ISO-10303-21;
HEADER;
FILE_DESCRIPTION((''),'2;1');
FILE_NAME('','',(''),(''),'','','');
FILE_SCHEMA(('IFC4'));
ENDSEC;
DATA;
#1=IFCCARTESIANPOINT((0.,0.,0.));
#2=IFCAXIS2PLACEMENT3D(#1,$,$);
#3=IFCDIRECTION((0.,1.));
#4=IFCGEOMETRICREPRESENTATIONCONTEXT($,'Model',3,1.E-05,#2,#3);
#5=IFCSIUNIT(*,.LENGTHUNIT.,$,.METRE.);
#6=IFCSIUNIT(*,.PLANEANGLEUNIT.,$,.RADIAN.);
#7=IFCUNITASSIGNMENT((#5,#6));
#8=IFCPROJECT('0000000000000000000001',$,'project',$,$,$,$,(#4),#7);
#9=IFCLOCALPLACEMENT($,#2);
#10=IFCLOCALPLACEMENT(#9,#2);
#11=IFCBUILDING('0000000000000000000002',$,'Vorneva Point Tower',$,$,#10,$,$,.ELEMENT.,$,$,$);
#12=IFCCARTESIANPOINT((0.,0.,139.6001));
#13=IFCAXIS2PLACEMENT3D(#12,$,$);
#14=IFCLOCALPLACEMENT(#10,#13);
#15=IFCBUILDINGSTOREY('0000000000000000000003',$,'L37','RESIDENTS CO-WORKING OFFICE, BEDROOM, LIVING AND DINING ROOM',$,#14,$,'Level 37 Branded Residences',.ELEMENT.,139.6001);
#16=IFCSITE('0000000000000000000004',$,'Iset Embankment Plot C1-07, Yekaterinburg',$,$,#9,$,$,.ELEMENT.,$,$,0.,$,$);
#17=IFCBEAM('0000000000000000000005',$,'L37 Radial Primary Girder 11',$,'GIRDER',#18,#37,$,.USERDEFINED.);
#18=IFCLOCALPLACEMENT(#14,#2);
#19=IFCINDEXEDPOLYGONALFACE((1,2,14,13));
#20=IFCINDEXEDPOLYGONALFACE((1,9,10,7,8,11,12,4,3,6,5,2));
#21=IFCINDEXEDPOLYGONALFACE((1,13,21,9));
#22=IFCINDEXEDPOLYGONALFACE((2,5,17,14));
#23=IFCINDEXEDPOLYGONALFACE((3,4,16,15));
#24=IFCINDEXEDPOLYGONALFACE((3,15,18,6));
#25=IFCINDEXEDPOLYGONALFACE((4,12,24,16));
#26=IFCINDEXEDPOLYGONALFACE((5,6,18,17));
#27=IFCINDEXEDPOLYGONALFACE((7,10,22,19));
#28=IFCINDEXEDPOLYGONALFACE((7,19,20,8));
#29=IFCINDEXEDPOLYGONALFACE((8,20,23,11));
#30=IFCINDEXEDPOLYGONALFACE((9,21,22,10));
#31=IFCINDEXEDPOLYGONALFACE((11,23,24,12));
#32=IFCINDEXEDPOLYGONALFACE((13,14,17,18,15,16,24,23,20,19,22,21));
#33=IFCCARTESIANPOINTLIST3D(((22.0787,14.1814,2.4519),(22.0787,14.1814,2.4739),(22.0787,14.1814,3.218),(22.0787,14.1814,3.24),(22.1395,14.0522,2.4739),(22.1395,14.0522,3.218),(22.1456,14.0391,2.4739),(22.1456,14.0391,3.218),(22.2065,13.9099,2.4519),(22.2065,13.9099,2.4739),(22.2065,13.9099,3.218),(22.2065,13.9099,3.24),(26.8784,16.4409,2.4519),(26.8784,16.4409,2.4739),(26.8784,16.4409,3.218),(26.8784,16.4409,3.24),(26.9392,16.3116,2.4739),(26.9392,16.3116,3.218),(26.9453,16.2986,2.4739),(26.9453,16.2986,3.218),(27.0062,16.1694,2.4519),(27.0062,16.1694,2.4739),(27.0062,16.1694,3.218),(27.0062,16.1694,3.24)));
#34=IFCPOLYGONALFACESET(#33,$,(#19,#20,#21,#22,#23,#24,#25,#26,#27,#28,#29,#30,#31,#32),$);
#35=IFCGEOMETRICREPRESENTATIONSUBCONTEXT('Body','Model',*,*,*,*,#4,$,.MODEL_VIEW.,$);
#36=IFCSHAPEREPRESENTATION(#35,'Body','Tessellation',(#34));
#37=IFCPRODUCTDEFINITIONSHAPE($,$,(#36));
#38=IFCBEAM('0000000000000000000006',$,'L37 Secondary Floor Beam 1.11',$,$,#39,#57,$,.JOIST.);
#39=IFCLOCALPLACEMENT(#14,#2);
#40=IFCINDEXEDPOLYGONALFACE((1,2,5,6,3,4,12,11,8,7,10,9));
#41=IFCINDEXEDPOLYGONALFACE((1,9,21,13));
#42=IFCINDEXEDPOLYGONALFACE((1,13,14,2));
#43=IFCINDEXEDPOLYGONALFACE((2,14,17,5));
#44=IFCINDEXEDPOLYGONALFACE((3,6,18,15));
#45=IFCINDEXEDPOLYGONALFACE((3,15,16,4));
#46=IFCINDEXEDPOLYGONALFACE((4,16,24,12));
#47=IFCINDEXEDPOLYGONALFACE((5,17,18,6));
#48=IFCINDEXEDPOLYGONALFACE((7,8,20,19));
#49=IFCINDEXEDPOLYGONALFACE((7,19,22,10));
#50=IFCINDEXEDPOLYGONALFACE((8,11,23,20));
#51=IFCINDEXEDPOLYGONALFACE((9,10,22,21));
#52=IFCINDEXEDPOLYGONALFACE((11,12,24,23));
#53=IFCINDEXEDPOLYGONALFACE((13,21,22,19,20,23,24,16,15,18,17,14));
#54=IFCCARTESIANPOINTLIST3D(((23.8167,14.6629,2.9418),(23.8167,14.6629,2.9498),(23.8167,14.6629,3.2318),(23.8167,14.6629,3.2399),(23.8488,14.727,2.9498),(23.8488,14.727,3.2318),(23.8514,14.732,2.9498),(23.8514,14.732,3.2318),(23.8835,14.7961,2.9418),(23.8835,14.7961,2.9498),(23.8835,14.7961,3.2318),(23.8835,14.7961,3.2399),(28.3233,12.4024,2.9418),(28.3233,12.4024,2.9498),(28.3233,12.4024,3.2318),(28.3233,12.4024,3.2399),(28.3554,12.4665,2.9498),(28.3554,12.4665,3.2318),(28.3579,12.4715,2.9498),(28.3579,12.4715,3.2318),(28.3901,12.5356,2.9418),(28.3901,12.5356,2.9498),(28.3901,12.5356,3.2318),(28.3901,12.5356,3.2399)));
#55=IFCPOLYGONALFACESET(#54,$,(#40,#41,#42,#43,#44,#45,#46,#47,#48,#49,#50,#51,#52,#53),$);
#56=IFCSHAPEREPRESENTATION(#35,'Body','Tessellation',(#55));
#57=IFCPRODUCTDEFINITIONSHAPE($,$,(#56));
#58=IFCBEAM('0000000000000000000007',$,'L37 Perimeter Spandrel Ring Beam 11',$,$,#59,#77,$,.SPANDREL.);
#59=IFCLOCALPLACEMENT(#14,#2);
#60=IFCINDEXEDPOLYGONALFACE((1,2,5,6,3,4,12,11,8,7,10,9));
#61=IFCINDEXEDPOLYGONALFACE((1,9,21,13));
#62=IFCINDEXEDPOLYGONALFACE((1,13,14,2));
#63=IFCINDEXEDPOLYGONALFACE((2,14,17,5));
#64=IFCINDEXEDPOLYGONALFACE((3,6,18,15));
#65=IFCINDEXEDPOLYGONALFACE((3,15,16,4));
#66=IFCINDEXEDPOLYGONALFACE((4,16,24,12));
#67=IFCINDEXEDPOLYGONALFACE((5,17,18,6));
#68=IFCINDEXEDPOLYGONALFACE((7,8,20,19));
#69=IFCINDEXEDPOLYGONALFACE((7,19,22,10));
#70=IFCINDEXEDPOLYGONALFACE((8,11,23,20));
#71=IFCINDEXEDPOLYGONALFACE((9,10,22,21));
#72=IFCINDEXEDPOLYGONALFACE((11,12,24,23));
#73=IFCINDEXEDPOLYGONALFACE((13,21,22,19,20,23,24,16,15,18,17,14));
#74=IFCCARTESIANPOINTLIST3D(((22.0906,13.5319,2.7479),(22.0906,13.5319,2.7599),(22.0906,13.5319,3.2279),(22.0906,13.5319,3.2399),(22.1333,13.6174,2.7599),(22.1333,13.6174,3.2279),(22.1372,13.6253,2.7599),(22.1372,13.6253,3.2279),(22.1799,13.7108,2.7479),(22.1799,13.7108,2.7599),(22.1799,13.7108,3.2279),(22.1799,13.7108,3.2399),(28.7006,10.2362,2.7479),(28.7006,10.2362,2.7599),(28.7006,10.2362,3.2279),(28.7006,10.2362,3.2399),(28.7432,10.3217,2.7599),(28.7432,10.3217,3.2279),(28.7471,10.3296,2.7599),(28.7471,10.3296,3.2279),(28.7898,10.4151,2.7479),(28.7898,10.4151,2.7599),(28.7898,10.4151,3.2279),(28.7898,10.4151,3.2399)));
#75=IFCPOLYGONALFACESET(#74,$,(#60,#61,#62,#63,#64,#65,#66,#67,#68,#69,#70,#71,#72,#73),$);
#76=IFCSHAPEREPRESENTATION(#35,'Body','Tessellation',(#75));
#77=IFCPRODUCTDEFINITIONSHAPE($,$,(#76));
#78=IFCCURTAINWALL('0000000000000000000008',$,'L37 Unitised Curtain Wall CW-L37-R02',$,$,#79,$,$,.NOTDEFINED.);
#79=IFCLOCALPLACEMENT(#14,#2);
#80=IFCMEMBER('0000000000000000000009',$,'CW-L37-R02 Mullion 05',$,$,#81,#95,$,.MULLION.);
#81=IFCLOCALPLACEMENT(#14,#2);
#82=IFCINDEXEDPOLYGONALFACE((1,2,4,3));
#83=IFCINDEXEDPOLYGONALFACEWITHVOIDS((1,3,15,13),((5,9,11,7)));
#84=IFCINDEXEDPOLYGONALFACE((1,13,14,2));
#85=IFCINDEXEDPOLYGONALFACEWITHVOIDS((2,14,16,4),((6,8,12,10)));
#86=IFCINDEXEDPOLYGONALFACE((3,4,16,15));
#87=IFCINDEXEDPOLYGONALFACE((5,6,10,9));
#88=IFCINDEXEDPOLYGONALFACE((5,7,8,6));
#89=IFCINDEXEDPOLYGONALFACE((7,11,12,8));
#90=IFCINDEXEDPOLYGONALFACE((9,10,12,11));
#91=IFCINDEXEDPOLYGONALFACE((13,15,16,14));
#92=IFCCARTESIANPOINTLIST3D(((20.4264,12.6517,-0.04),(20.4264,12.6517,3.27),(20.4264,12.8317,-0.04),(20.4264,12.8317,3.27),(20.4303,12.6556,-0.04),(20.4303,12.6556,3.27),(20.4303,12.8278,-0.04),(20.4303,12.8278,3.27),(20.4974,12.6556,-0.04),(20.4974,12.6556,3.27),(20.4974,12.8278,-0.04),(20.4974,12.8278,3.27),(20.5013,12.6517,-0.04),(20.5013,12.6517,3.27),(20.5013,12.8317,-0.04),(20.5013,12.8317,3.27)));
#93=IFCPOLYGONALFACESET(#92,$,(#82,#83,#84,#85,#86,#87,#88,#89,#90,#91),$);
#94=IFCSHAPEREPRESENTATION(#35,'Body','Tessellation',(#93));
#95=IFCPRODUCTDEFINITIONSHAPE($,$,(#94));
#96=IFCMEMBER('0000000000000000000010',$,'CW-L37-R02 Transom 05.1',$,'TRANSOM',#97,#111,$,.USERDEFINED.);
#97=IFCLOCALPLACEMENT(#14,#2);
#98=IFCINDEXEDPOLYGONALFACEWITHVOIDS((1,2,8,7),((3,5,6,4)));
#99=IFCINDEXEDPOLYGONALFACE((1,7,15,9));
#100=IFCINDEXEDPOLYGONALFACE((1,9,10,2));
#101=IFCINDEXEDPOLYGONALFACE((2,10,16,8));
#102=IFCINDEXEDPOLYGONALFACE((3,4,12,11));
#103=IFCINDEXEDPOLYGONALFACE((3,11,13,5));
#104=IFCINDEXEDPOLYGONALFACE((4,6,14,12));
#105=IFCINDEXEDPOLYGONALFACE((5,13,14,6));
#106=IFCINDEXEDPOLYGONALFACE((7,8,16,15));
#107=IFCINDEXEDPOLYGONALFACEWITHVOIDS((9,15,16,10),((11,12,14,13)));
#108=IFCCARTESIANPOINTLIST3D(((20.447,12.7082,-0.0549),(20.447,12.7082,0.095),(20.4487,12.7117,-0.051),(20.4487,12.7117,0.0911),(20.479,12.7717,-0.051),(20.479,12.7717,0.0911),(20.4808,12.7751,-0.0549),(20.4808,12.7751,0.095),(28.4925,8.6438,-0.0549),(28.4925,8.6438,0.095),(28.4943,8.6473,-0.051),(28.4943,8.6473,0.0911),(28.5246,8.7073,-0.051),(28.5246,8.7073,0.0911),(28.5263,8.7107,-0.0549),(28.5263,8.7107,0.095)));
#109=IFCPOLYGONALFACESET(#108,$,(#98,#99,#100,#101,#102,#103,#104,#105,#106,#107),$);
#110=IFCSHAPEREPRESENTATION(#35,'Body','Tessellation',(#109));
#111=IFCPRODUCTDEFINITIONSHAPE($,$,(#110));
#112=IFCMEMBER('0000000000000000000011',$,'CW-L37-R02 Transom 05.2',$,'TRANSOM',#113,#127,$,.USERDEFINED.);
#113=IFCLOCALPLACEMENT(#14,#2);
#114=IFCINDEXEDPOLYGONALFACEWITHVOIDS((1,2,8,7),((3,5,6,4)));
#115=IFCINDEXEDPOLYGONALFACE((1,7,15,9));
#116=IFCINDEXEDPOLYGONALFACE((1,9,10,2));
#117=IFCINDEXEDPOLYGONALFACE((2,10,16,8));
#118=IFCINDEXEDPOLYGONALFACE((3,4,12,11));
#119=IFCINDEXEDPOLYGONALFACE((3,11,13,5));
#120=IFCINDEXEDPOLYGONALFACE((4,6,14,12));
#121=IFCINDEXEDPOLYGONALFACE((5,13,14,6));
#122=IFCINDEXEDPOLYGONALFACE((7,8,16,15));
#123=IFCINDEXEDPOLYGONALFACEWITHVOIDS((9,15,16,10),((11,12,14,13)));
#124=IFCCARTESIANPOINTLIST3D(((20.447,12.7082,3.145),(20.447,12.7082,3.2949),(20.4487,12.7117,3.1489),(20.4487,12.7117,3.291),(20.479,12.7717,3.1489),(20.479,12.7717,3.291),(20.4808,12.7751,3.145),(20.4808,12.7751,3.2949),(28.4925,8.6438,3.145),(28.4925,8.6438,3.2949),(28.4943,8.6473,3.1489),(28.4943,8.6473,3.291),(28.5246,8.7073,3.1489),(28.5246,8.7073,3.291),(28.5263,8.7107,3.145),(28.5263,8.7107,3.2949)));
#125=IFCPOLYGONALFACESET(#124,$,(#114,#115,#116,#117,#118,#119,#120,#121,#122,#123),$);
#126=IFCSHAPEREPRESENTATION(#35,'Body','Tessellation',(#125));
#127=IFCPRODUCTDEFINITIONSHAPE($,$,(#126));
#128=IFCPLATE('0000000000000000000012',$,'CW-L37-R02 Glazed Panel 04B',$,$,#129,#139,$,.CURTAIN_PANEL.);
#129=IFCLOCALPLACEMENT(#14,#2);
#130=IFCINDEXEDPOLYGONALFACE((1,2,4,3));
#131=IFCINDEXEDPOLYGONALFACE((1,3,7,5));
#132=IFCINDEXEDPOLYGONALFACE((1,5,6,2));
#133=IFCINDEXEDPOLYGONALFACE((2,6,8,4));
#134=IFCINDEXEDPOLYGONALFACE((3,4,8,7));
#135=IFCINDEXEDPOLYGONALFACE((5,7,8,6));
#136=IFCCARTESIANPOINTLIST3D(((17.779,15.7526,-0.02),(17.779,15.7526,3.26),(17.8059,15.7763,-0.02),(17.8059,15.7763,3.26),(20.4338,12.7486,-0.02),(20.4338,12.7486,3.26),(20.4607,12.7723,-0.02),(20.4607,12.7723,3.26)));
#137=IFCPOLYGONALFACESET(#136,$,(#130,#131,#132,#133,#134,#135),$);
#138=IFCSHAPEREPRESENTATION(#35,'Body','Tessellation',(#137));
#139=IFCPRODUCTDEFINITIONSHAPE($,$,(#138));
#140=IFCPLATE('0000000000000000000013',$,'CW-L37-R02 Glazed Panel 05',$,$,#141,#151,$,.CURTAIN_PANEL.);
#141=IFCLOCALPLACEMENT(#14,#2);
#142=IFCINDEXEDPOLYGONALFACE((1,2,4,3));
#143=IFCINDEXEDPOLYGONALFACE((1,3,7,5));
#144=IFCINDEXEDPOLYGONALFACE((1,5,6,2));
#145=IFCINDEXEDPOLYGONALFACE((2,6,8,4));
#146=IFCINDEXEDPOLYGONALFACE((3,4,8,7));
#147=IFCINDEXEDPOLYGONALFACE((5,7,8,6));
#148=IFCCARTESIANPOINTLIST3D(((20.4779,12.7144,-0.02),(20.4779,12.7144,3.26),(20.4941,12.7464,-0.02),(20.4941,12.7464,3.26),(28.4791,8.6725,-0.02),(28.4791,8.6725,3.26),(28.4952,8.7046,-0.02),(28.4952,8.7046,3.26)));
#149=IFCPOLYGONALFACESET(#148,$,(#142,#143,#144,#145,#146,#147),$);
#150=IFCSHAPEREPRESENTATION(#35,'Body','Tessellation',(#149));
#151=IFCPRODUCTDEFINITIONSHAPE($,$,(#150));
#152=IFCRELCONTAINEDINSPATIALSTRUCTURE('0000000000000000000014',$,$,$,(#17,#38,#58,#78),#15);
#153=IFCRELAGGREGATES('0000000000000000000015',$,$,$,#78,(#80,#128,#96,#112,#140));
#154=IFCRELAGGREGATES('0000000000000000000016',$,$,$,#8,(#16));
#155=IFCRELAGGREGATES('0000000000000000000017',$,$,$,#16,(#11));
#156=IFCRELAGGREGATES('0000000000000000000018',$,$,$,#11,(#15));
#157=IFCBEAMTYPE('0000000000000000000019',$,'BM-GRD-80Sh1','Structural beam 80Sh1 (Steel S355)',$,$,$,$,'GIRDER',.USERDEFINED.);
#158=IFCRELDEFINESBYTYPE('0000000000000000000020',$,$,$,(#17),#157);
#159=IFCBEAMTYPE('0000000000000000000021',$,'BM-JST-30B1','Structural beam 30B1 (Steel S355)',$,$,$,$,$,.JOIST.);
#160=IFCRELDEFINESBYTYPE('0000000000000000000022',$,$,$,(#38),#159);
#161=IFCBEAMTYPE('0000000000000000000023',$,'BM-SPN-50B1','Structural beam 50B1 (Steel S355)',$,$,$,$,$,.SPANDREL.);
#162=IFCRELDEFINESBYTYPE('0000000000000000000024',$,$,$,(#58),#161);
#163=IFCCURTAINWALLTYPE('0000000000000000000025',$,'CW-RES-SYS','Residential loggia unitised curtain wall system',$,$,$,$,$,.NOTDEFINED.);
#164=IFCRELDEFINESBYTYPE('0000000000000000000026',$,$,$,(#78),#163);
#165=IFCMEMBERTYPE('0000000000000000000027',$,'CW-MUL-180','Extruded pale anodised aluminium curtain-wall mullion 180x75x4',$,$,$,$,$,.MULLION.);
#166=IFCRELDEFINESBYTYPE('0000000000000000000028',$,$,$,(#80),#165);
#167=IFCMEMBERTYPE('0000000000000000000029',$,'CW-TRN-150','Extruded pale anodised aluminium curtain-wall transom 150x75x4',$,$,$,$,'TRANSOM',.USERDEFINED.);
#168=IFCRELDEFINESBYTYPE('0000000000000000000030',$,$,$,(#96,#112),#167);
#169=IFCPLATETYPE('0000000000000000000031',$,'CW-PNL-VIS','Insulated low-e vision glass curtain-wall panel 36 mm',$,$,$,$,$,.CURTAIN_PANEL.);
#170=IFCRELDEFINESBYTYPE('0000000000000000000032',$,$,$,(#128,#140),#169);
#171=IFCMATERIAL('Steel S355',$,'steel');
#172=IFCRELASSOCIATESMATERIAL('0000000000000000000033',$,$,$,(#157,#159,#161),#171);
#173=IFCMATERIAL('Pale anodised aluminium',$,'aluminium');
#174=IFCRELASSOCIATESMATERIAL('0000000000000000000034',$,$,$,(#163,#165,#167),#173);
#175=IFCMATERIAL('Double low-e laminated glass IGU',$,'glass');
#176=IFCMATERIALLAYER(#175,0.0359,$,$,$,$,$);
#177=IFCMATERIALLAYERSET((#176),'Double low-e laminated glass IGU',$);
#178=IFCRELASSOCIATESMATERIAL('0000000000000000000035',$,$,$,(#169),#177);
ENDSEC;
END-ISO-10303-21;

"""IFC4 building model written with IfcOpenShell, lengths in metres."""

from ifc_helpers import new_model, si_unit, direction, frame, origin, origin_2d, place, context, subcontext, project, spatial, rectangle, hollow_rectangle, i_section, extrude, material, layer, layer_set, material_profile, profile_set, type_object, element, aggregate, save


model = new_model("IFC4")

# Units and contexts
model_context = context("Model", 3, precision=1e-05, world=origin(), true_north=direction((0.0, 1.0)))
body_context = subcontext(model_context, "Body", "Model", "MODEL_VIEW")
ifc_project = project(units=[si_unit("LENGTHUNIT", "METRE"), si_unit("PLANEANGLEUNIT", "RADIAN")], contexts=[model_context])

# Site, building, storey
site_placement = place(None, origin())
site = spatial("IfcSite", under=ifc_project, at=site_placement, Name="Iset Embankment Plot C1-07, Yekaterinburg", CompositionType="ELEMENT", RefElevation=0.0)
building_placement = place(site_placement, origin())
building = spatial("IfcBuilding", under=site, at=building_placement, Name="Vorneva Point Tower", CompositionType="ELEMENT")
storey_placement = place(building_placement, frame((0.0, 0.0, 139.6001)))
storey = spatial("IfcBuildingStorey", under=building, at=storey_placement, Name="L37", Description="RESIDENTS CO-WORKING OFFICE, BEDROOM, LIVING AND DINING ROOM", LongName="Level 37 Branded Residences", CompositionType="ELEMENT", Elevation=139.6001)

# Beams
ifc_material_1 = material(Name="Steel S355", Category="steel")
ifc_material_profile_1 = material_profile(ifc_material_1, i_section(OverallWidth=0.3, OverallDepth=0.7881, WebThickness=0.0144, FlangeThickness=0.022, at=origin_2d()), Name="80Sh1")
ifc_profile_set_1 = profile_set([ifc_material_profile_1], Name="Steel S355")
beam_type_1 = type_object("IfcBeamType", Name="BM-GRD-80Sh1", Description="Structural beam 80Sh1 (Steel S355)", ElementType="GIRDER", PredefinedType="USERDEFINED", material=ifc_profile_set_1)
beam_1_placement = place(storey_placement, frame((22.1426, 14.0457, 2.8459), z_axis=(0.904761, 0.425919, 0.0), x_axis=(-0.425919, 0.904761, 0.0)))
element("IfcBeam", 1, at=beam_1_placement, inside=storey, type_object=beam_type_1, Name="L37 Radial Primary Girder 11", ObjectType="GIRDER", PredefinedType="USERDEFINED", context=body_context, shape_type="SweptSolid", body=[
    extrude(i_section(OverallWidth=0.3, OverallDepth=0.7881, WebThickness=0.0144, FlangeThickness=0.022, at=origin_2d()), origin(), (0.0, 0.0, 1.0), 5.3049),
])
ifc_material_profile_2 = material_profile(ifc_material_1, i_section(OverallWidth=0.1489, OverallDepth=0.2981, WebThickness=0.0056, FlangeThickness=0.0081, at=origin_2d()), Name="30B1")
ifc_profile_set_2 = profile_set([ifc_material_profile_2], Name="Steel S355")
beam_type_2 = type_object("IfcBeamType", Name="BM-JST-30B1", Description="Structural beam 30B1 (Steel S355)", PredefinedType="JOIST", material=ifc_profile_set_2)
beam_2_placement = place(storey_placement, frame((23.8501, 14.7295, 3.0908), z_axis=(0.893855, -0.448356, 0.0), x_axis=(0.448356, 0.893855, 0.0)))
element("IfcBeam", 2, at=beam_2_placement, inside=storey, type_object=beam_type_2, Name="L37 Secondary Floor Beam 1.11", PredefinedType="JOIST", context=body_context, shape_type="SweptSolid", body=[
    extrude(i_section(OverallWidth=0.1489, OverallDepth=0.2981, WebThickness=0.0056, FlangeThickness=0.0081, at=origin_2d()), origin(), (0.0, 0.0, 1.0), 5.0417),
])
ifc_material_profile_3 = material_profile(ifc_material_1, i_section(OverallWidth=0.2, OverallDepth=0.4919, WebThickness=0.0088, FlangeThickness=0.012, at=origin_2d()), Name="50B1")
ifc_profile_set_3 = profile_set([ifc_material_profile_3], Name="Steel S355")
beam_type_3 = type_object("IfcBeamType", Name="BM-SPN-50B1", Description="Structural beam 50B1 (Steel S355)", PredefinedType="SPANDREL", material=ifc_profile_set_3)
beam_3_placement = place(storey_placement, frame((22.1353, 13.6213, 2.9939), z_axis=(0.894929, -0.446208, 0.0), x_axis=(0.446208, 0.894929, 0.0)))
element("IfcBeam", 3, at=beam_3_placement, inside=storey, type_object=beam_type_3, Name="L37 Perimeter Spandrel Ring Beam 11", PredefinedType="SPANDREL", context=body_context, shape_type="SweptSolid", body=[
    extrude(i_section(OverallWidth=0.2, OverallDepth=0.4919, WebThickness=0.0088, FlangeThickness=0.012, at=origin_2d()), origin(), (0.0, 0.0, 1.0), 7.386),
])

# Curtain wall, members, plates
ifc_material_2 = material(Name="Pale anodised aluminium", Category="aluminium")
curtain_wall_type = type_object("IfcCurtainWallType", Name="CW-RES-SYS", Description="Residential loggia unitised curtain wall system", PredefinedType="NOTDEFINED", material=ifc_material_2)
curtain_wall_placement = place(storey_placement, origin())
curtain_wall = element("IfcCurtainWall", 4, at=curtain_wall_placement, inside=storey, type_object=curtain_wall_type, Name="L37 Unitised Curtain Wall CW-L37-R02", PredefinedType="NOTDEFINED")
ifc_material_profile_4 = material_profile(ifc_material_2, hollow_rectangle(XDim=0.075, YDim=0.1799, WallThickness=0.0039, at=origin_2d()), Name="AL-MUL 180x75x4")
ifc_profile_set_4 = profile_set([ifc_material_profile_4], Name="Pale anodised aluminium")
member_type_1 = type_object("IfcMemberType", Name="CW-MUL-180", Description="Extruded pale anodised aluminium curtain-wall mullion 180x75x4", PredefinedType="MULLION", material=ifc_profile_set_4)
member_1_placement = place(storey_placement, frame((20.4639, 12.7417, -0.04), z_axis=(0.0, 0.0, 1.0), x_axis=(1.0, 0.0, 0.0)))
member_1 = element("IfcMember", 5, at=member_1_placement, type_object=member_type_1, Name="CW-L37-R02 Mullion 05", PredefinedType="MULLION", context=body_context, shape_type="SweptSolid", body=[
    extrude(hollow_rectangle(XDim=0.075, YDim=0.1799, WallThickness=0.0039, at=origin_2d()), origin(), (0.0, 0.0, 1.0), 3.3101),
])
ifc_material_profile_5 = material_profile(ifc_material_2, hollow_rectangle(XDim=0.075, YDim=0.1499, WallThickness=0.0039, at=origin_2d()), Name="AL-TRN 150x75x4")
ifc_profile_set_5 = profile_set([ifc_material_profile_5], Name="Pale anodised aluminium")
member_type_2 = type_object("IfcMemberType", Name="CW-TRN-150", Description="Extruded pale anodised aluminium curtain-wall transom 150x75x4", ElementType="TRANSOM", PredefinedType="USERDEFINED", material=ifc_profile_set_5)
member_2_placement = place(storey_placement, frame((20.4639, 12.7417, 0.02), z_axis=(0.892572, -0.450904, 0.0), x_axis=(0.450904, 0.892572, 0.0)))
member_2 = element("IfcMember", 6, at=member_2_placement, type_object=member_type_2, Name="CW-L37-R02 Transom 05.1", ObjectType="TRANSOM", PredefinedType="USERDEFINED", context=body_context, shape_type="SweptSolid", body=[
    extrude(hollow_rectangle(XDim=0.075, YDim=0.1499, WallThickness=0.0039, at=origin_2d()), origin(), (0.0, 0.0, 1.0), 9.0139),
])
member_3_placement = place(storey_placement, frame((20.4639, 12.7417, 3.22), z_axis=(0.892572, -0.450904, 0.0), x_axis=(0.450904, 0.892572, 0.0)))
member_3 = element("IfcMember", 7, at=member_3_placement, type_object=member_type_2, Name="CW-L37-R02 Transom 05.2", ObjectType="TRANSOM", PredefinedType="USERDEFINED", context=body_context, shape_type="SweptSolid", body=[
    extrude(hollow_rectangle(XDim=0.075, YDim=0.1499, WallThickness=0.0039, at=origin_2d()), origin(), (0.0, 0.0, 1.0), 9.0139),
])
ifc_material_3 = material(Name="Double low-e laminated glass IGU", Category="glass")
ifc_layer_1 = layer(ifc_material_3, 0.0359)
ifc_layer_set_1 = layer_set([ifc_layer_1], Name="Double low-e laminated glass IGU")
plate_type = type_object("IfcPlateType", Name="CW-PNL-VIS", Description="Insulated low-e vision glass curtain-wall panel 36 mm", PredefinedType="CURTAIN_PANEL", material=ifc_layer_set_1)
plate_1_placement = place(storey_placement, frame((19.1199, 14.2625, -0.02), z_axis=(0.0, 0.0, 1.0), x_axis=(0.662215, -0.749314, 0.0)))
plate_1 = element("IfcPlate", 8, at=plate_1_placement, type_object=plate_type, Name="CW-L37-R02 Glazed Panel 04B", PredefinedType="CURTAIN_PANEL", context=body_context, shape_type="SweptSolid", body=[
    extrude(rectangle(XDim=4.009, YDim=0.0359, at=origin_2d()), origin(), (0.0, 0.0, 1.0), 3.28),
])
plate_2_placement = place(storey_placement, frame((24.4866, 10.7095, -0.02), z_axis=(0.0, 0.0, 1.0), x_axis=(0.892578, -0.450893, 0.0)))
plate_2 = element("IfcPlate", 9, at=plate_2_placement, type_object=plate_type, Name="CW-L37-R02 Glazed Panel 05", PredefinedType="CURTAIN_PANEL", context=body_context, shape_type="SweptSolid", body=[
    extrude(rectangle(XDim=8.9641, YDim=0.0359, at=origin_2d()), origin(), (0.0, 0.0, 1.0), 3.28),
])
aggregate(curtain_wall, [member_1, plate_1, member_2, member_3, plate_2])

save(model, "model.ifc")
